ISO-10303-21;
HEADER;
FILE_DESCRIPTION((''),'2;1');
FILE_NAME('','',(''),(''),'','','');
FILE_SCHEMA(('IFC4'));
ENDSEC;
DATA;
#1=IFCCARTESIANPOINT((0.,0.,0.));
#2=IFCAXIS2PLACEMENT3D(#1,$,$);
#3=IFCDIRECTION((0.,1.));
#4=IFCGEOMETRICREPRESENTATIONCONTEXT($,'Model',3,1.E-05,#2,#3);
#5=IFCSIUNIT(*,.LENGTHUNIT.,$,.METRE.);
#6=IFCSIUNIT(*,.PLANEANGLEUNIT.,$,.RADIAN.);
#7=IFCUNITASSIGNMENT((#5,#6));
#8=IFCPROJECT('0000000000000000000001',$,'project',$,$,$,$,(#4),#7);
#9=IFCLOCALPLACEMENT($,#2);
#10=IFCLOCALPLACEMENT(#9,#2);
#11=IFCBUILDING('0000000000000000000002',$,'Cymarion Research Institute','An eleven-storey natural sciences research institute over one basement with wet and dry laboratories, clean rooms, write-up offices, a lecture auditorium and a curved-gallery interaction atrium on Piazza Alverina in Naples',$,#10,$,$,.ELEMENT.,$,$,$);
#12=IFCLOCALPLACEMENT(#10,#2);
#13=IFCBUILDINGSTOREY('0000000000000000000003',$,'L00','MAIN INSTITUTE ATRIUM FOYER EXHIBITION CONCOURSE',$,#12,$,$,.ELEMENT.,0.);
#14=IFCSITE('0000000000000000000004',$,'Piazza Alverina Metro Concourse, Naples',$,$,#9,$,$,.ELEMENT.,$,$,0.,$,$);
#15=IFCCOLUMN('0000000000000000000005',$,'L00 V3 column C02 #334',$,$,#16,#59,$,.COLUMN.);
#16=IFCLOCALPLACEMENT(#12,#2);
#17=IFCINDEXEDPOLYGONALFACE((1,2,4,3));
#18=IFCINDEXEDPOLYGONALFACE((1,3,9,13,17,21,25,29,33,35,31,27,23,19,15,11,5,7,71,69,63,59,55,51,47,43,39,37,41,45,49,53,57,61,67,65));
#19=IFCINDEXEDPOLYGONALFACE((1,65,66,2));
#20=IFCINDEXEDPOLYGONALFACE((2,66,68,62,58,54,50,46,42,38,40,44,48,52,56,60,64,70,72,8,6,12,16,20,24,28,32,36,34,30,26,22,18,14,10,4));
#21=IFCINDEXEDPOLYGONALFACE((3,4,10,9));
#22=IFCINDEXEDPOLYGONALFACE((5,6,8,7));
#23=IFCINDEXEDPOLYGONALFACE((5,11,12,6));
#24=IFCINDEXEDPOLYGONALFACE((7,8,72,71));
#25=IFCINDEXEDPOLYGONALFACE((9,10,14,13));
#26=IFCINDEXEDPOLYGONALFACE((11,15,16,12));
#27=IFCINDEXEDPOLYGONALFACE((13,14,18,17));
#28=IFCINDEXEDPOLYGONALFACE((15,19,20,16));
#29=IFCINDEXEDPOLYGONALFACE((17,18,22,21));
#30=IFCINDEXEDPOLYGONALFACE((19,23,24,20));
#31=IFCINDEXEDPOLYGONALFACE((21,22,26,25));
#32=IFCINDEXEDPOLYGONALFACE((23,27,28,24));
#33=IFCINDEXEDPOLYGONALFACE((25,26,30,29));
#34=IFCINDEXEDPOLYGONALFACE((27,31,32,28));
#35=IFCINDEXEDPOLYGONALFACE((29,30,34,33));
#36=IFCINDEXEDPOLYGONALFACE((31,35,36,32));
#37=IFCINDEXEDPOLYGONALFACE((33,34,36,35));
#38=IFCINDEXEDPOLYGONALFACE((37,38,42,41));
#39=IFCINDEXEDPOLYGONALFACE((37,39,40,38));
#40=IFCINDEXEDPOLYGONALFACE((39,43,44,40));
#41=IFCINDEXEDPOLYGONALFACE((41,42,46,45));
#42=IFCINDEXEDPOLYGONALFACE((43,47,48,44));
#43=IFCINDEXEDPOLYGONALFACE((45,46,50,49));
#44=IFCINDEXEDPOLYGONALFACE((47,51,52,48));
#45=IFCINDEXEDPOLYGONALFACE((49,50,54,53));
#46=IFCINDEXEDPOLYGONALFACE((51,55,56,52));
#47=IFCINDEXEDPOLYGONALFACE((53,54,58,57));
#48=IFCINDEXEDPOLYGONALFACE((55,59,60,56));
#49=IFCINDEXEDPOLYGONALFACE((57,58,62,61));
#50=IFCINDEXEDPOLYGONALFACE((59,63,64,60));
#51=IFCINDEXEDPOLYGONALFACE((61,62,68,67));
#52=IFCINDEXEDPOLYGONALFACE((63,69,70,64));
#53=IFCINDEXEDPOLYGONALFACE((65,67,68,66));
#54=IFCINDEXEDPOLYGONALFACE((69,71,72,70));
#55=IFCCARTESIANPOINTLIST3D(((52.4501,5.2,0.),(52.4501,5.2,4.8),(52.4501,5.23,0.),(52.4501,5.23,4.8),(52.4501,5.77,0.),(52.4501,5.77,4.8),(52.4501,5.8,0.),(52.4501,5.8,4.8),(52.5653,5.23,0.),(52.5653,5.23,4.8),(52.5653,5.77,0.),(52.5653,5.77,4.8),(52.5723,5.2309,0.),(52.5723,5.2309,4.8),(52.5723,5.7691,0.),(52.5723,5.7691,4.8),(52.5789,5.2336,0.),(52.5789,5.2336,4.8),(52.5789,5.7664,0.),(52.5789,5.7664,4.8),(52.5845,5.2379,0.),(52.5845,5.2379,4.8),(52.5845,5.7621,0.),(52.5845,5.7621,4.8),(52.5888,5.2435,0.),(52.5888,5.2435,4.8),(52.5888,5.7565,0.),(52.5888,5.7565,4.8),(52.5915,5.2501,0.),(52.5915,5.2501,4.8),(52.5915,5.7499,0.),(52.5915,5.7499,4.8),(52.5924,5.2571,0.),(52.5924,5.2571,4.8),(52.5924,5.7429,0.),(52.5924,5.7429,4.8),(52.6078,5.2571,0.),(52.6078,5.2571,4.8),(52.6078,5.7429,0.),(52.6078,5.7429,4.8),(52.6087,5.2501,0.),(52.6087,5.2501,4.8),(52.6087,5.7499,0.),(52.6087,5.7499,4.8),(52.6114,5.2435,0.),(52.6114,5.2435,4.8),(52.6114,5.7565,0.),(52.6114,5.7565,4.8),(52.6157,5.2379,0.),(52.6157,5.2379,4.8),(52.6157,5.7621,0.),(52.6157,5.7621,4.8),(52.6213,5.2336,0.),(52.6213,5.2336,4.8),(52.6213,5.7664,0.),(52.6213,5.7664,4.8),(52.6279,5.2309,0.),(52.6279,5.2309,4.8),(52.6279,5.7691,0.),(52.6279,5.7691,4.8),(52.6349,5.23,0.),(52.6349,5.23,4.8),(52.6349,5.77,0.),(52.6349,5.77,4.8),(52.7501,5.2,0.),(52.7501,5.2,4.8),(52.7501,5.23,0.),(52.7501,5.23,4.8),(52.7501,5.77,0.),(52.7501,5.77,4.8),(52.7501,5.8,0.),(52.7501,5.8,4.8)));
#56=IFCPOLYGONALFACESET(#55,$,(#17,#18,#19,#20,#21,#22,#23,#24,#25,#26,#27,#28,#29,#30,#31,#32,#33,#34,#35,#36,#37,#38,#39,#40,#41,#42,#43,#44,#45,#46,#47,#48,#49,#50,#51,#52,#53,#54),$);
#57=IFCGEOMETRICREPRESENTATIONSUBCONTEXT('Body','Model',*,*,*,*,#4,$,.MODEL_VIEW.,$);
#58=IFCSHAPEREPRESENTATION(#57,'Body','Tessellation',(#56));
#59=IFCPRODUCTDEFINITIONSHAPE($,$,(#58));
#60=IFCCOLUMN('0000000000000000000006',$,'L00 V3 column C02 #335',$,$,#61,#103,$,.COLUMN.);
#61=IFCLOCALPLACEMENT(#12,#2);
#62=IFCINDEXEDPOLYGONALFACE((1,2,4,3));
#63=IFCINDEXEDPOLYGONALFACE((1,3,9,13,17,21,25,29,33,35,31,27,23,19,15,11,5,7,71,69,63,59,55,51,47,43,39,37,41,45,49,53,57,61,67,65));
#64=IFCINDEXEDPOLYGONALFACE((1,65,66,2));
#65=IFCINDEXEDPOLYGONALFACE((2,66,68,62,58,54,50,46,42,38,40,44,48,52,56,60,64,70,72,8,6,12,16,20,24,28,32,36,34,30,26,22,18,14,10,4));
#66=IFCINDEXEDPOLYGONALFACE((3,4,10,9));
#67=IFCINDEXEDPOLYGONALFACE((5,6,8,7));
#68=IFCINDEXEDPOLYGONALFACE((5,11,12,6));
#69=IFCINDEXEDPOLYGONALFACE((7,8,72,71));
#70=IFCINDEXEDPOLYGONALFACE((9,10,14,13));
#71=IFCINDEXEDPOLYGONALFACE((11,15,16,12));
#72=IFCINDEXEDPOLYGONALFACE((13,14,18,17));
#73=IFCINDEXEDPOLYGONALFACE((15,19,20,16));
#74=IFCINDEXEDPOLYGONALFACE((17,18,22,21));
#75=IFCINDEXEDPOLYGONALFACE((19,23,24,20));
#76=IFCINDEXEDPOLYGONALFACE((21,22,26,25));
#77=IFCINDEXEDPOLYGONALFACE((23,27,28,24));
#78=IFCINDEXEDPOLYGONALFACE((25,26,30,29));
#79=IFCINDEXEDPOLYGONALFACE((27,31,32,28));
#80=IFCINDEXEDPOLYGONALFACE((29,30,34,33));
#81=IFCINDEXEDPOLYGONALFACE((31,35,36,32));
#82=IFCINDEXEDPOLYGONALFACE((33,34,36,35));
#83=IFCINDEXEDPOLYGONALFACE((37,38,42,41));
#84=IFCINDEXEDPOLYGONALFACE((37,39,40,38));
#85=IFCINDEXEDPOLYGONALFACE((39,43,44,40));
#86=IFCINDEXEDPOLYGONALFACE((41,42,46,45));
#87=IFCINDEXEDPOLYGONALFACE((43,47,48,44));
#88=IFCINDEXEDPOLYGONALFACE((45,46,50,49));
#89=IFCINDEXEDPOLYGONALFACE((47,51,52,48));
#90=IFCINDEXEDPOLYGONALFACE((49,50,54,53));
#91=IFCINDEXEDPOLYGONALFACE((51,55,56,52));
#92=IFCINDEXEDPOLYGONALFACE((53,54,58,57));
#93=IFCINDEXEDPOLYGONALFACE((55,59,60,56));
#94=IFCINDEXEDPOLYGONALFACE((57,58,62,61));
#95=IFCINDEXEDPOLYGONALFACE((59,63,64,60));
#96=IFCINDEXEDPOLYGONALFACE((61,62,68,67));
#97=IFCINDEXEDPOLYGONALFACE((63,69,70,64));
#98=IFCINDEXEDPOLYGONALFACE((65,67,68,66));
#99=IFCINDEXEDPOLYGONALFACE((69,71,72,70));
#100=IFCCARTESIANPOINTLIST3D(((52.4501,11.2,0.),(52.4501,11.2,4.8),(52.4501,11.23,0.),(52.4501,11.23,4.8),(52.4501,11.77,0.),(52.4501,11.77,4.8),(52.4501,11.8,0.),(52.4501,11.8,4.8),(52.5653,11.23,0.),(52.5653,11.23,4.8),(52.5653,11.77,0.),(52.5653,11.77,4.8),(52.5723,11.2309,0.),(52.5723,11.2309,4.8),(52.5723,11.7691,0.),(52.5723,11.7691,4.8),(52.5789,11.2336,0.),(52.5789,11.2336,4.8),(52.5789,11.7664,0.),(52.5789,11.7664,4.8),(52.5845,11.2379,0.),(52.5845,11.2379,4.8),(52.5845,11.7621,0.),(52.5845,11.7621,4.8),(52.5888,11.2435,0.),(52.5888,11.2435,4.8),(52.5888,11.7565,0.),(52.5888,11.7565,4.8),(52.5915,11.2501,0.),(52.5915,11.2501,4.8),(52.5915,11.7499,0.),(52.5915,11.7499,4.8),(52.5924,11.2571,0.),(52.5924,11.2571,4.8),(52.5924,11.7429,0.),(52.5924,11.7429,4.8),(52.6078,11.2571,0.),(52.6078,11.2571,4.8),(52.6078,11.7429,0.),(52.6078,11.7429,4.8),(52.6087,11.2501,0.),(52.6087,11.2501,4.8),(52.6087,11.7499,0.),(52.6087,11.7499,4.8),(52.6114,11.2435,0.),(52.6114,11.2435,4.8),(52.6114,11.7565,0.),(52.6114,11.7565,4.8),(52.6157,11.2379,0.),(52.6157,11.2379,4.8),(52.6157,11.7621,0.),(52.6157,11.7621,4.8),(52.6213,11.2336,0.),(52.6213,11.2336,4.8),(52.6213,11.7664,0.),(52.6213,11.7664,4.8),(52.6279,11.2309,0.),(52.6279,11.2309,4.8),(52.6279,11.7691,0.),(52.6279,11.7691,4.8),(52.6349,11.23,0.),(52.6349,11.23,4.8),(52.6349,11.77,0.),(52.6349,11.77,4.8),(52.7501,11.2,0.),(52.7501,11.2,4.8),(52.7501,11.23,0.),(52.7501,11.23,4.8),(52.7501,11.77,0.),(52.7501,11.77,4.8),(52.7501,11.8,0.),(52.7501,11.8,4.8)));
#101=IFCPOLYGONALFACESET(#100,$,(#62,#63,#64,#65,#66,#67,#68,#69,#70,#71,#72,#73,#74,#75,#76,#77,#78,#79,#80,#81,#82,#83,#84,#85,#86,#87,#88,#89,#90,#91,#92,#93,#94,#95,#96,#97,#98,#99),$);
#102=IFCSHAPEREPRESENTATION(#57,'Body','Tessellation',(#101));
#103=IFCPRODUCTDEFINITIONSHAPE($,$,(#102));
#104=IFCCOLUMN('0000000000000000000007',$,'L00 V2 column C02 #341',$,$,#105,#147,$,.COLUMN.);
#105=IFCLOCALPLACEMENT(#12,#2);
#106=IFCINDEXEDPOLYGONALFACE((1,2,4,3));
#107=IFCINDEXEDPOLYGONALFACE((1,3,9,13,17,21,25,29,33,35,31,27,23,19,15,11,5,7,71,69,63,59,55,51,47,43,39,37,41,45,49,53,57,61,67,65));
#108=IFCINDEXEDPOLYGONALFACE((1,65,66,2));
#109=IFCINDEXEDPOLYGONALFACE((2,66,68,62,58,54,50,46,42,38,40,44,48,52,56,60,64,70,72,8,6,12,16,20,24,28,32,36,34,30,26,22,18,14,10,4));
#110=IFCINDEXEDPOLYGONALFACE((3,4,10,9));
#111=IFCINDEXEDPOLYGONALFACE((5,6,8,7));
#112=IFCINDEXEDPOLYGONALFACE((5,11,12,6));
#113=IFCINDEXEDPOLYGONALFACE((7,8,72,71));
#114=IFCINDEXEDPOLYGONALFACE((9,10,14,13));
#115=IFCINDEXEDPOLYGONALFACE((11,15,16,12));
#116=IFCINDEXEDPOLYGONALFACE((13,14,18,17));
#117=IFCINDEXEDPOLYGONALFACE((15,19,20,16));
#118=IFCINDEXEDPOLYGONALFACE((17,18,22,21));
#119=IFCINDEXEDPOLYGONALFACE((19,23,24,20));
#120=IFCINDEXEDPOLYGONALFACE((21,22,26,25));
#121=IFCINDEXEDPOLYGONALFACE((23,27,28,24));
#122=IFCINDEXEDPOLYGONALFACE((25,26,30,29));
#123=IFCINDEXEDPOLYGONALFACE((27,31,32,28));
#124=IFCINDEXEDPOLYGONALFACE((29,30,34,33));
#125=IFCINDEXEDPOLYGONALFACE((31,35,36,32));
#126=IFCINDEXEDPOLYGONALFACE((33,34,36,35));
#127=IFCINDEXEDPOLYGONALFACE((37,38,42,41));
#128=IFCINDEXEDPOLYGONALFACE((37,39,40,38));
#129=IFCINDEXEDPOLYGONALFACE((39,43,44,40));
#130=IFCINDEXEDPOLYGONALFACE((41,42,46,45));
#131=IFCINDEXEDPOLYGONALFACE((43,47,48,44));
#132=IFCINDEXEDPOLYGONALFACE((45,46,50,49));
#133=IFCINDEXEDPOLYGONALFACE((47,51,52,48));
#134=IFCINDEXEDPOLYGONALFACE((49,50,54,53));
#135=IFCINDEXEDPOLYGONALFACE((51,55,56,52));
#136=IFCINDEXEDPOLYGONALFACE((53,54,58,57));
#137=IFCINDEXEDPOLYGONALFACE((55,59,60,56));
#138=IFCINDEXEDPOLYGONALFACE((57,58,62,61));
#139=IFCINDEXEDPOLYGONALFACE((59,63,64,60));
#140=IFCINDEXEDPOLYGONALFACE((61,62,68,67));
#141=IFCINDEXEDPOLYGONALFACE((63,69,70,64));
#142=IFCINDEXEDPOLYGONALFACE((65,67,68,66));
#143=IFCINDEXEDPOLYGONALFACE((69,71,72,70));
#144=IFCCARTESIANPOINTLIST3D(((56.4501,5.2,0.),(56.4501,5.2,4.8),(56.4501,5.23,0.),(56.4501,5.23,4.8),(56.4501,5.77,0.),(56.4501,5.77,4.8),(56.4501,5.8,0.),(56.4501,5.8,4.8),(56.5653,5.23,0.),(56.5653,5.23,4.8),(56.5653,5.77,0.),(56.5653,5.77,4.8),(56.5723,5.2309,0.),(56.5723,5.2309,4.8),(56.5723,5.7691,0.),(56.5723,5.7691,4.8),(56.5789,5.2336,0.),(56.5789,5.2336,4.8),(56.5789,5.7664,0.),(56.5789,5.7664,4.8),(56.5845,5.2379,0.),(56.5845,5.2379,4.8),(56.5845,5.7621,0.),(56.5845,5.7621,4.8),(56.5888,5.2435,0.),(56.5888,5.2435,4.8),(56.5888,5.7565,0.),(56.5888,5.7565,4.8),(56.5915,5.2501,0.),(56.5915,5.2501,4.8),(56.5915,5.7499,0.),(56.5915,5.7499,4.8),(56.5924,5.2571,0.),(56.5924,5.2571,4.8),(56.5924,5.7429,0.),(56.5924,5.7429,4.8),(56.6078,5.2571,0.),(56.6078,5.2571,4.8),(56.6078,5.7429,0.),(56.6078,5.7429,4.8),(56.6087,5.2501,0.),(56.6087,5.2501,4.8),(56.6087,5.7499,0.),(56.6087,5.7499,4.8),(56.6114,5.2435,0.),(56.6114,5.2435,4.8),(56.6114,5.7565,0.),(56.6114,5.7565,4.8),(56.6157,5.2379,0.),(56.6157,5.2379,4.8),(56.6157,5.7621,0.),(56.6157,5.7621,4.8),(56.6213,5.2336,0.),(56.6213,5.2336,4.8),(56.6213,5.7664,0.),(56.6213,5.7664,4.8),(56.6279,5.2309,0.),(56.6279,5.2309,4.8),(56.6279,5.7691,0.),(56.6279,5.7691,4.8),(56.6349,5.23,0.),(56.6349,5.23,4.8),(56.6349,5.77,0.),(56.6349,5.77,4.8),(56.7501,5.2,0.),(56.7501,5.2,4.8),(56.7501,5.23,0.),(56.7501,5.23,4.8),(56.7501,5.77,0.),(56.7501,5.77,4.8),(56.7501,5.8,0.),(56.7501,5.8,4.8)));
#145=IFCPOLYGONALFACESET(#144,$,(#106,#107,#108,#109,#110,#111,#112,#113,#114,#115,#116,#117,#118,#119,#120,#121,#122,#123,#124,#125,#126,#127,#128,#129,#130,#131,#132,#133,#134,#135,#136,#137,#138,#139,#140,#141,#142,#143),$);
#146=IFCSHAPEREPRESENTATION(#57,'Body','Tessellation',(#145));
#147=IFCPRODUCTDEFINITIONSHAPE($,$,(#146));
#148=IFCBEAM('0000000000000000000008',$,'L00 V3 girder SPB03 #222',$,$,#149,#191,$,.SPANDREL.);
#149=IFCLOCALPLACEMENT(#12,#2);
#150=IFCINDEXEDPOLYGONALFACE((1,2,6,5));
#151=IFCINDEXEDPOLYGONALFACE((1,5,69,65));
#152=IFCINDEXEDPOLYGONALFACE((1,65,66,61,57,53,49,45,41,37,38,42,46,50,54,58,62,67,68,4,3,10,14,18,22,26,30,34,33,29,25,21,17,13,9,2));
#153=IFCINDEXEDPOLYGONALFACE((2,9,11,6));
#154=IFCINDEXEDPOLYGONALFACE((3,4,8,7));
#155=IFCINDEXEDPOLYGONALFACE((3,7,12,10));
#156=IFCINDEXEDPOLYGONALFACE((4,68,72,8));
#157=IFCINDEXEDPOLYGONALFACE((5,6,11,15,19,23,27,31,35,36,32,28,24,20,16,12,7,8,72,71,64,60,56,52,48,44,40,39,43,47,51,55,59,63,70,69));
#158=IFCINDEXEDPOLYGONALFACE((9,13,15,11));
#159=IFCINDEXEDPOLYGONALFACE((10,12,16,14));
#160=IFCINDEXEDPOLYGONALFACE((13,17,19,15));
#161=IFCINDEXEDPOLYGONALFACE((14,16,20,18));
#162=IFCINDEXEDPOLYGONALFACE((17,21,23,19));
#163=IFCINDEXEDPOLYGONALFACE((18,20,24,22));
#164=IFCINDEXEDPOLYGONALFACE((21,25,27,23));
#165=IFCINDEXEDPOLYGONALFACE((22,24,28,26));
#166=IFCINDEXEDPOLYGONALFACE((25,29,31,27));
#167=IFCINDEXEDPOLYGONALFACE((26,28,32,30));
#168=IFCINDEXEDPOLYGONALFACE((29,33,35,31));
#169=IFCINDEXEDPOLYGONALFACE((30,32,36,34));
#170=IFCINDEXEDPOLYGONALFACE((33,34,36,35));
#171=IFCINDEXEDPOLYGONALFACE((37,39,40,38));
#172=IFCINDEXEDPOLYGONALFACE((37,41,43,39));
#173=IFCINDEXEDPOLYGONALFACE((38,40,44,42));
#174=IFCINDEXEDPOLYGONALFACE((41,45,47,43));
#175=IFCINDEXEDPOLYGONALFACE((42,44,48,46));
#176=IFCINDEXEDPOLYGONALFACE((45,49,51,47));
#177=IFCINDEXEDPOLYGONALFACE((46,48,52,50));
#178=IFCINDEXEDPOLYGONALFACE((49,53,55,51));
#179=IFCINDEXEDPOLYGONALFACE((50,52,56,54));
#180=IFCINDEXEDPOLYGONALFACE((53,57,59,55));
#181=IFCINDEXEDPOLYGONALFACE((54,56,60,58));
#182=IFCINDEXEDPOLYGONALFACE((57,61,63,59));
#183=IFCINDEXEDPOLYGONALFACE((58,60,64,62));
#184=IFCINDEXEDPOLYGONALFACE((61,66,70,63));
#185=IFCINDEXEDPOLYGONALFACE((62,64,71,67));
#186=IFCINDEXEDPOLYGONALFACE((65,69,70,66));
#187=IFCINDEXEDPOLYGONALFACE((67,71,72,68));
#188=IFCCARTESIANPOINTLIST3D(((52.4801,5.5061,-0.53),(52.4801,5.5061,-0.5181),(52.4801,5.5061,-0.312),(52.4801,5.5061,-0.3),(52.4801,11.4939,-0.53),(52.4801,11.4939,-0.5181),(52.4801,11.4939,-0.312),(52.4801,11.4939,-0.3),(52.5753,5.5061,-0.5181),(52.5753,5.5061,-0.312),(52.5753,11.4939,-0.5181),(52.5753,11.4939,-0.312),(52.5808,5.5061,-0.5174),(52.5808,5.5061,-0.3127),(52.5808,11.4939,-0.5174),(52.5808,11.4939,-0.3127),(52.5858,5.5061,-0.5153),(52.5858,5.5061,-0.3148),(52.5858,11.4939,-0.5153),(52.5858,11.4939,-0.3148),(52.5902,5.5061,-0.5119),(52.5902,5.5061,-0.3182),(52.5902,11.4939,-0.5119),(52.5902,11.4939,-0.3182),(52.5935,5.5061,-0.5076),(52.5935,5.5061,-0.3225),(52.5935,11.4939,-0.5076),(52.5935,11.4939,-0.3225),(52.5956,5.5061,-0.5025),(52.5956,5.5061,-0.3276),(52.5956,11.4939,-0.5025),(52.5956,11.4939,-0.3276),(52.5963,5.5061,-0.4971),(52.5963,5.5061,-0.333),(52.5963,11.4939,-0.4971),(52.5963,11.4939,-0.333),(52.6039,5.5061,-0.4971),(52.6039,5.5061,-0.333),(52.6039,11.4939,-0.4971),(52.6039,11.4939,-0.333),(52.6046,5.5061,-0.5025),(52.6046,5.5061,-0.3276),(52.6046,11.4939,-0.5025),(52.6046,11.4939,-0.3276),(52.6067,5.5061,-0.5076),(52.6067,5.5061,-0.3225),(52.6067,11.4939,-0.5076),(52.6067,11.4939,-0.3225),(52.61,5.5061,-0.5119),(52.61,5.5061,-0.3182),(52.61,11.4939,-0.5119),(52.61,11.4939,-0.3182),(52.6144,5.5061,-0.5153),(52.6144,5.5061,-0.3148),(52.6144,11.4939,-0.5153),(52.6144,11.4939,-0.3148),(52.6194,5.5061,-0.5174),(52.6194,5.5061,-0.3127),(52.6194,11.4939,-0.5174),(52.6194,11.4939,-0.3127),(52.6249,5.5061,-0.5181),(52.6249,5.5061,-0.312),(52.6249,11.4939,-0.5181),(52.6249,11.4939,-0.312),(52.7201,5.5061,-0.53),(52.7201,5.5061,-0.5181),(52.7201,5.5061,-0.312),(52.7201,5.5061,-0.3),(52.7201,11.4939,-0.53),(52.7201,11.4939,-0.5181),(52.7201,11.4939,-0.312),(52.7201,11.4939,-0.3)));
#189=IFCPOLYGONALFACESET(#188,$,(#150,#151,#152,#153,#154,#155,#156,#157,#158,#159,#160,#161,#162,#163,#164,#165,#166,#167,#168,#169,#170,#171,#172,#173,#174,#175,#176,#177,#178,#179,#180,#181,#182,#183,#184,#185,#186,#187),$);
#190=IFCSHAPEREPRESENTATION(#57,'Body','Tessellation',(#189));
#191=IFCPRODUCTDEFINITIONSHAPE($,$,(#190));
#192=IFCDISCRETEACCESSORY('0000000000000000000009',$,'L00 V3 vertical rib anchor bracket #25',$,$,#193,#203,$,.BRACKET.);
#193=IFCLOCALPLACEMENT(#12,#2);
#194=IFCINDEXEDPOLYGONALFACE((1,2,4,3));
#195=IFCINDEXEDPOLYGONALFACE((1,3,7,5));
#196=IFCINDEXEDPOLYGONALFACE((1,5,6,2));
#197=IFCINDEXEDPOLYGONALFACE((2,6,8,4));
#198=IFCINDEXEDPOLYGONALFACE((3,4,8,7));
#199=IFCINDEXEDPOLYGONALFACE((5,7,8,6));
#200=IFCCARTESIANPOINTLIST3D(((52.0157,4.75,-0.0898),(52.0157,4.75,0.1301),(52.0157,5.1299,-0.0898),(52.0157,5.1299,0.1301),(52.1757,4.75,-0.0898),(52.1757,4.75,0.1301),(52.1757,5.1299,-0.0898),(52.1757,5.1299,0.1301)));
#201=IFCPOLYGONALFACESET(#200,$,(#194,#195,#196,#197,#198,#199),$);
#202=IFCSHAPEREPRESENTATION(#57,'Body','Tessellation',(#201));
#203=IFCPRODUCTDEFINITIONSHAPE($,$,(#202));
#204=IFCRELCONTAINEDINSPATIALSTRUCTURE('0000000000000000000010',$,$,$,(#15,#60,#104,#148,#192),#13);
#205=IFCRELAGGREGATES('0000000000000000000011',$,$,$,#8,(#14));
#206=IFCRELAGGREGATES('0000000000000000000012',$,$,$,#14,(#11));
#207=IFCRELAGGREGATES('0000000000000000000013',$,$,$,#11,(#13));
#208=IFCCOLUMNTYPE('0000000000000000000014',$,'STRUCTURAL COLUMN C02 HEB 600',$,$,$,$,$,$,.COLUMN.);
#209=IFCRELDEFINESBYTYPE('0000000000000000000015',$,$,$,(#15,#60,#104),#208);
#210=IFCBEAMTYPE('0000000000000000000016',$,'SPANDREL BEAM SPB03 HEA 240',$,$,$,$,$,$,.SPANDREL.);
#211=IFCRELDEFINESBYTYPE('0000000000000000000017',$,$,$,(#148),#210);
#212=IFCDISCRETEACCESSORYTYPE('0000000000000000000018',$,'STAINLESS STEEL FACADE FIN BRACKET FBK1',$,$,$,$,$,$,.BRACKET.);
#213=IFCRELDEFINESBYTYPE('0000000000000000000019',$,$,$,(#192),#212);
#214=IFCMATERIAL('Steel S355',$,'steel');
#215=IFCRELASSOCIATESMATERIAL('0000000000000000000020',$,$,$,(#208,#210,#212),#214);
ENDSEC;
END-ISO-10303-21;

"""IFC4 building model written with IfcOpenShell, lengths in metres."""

from ifc_helpers import new_model, si_unit, direction, frame, origin, origin_2d, place, context, subcontext, project, spatial, rectangle, i_section, extrude, material, material_profile, profile_set, type_object, element, save


model = new_model("IFC4")

# Units and contexts
model_context = context("Model", 3, precision=1e-05, world=origin(), true_north=direction((0.0, 1.0)))
body_context = subcontext(model_context, "Body", "Model", "MODEL_VIEW")
ifc_project = project(units=[si_unit("LENGTHUNIT", "METRE"), si_unit("PLANEANGLEUNIT", "RADIAN")], contexts=[model_context])

# Site, building, storey
site_placement = place(None, origin())
site = spatial("IfcSite", under=ifc_project, at=site_placement, Name="Piazza Alverina Metro Concourse, Naples", CompositionType="ELEMENT", RefElevation=0.0)
building_placement = place(site_placement, origin())
building = spatial("IfcBuilding", under=site, at=building_placement, Name="Cymarion Research Institute", Description="An eleven-storey natural sciences research institute over one basement with wet and dry laboratories, clean rooms, write-up offices, a lecture auditorium and a curved-gallery interaction atrium on Piazza Alverina in Naples", CompositionType="ELEMENT")
storey_placement = place(building_placement, origin())
storey = spatial("IfcBuildingStorey", under=building, at=storey_placement, Name="L00", Description="MAIN INSTITUTE ATRIUM FOYER EXHIBITION CONCOURSE", CompositionType="ELEMENT", Elevation=0.0)

# Columns
ifc_material_1 = material(Name="Steel S355", Category="steel")
ifc_material_profile_1 = material_profile(ifc_material_1, i_section(OverallWidth=0.3, OverallDepth=0.6001, WebThickness=0.0154, FlangeThickness=0.03, FilletRadius=0.0271, at=origin_2d()), Name="HEB 600")
ifc_profile_set_1 = profile_set([ifc_material_profile_1], Name="Steel S355")
column_type = type_object("IfcColumnType", Name="STRUCTURAL COLUMN C02 HEB 600", PredefinedType="COLUMN", material=ifc_profile_set_1)
for number, where, z_axis, x_axis, name in (
    (1, (52.6001, 5.5, 0.0), (0.0, 0.0, 1.0), (1.0, 0.0, 0.0), "L00 V3 column C02 #334"),
    (2, (52.6001, 11.5, 0.0), (0.0, 0.0, 1.0), (1.0, 0.0, 0.0), "L00 V3 column C02 #335"),
    (3, (56.6001, 5.5, 0.0), (0.0, 0.0, 1.0), (1.0, 0.0, 0.0), "L00 V2 column C02 #341"),
):
    element("IfcColumn", number, at=place(storey_placement, frame(where, z_axis=z_axis, x_axis=x_axis)), inside=storey, type_object=column_type, Name=name, PredefinedType="COLUMN", context=body_context, shape_type="SweptSolid", body=[
        extrude(i_section(OverallWidth=0.3, OverallDepth=0.6001, WebThickness=0.0154, FlangeThickness=0.03, FilletRadius=0.0271, at=origin_2d()), origin(), (0.0, 0.0, 1.0), 4.8),
    ])

# Beam
ifc_material_profile_2 = material_profile(ifc_material_1, i_section(OverallWidth=0.24, OverallDepth=0.23, WebThickness=0.0076, FlangeThickness=0.012, FilletRadius=0.021, at=origin_2d()), Name="HEA 240")
ifc_profile_set_2 = profile_set([ifc_material_profile_2], Name="Steel S355")
beam_type = type_object("IfcBeamType", Name="SPANDREL BEAM SPB03 HEA 240", PredefinedType="SPANDREL", material=ifc_profile_set_2)
beam_placement = place(storey_placement, frame((52.6001, 5.5061, -0.415), z_axis=(0.0, 1.0, 0.0), x_axis=(-1.0, 0.0, 0.0)))
element("IfcBeam", 4, at=beam_placement, inside=storey, type_object=beam_type, Name="L00 V3 girder SPB03 #222", PredefinedType="SPANDREL", context=body_context, shape_type="SweptSolid", body=[
    extrude(i_section(OverallWidth=0.24, OverallDepth=0.23, WebThickness=0.0076, FlangeThickness=0.012, FilletRadius=0.021, at=origin_2d()), origin(), (0.0, 0.0, 1.0), 5.9878),
])

# Discrete accessory
discrete_accessory_type = type_object("IfcDiscreteAccessoryType", Name="STAINLESS STEEL FACADE FIN BRACKET FBK1", PredefinedType="BRACKET", material=ifc_material_1)
for number, where, z_axis, x_axis, name in (
    (5, (52.0957, 4.9399, -0.0898), (0.0, 0.0, 1.0), (0.0, -1.0, 0.0), "L00 V3 vertical rib anchor bracket #25"),
):
    element("IfcDiscreteAccessory", number, at=place(storey_placement, frame(where, z_axis=z_axis, x_axis=x_axis)), inside=storey, type_object=discrete_accessory_type, Name=name, PredefinedType="BRACKET", context=body_context, shape_type="SweptSolid", body=[
        extrude(rectangle(XDim=0.3799, YDim=0.1599, at=origin_2d()), origin(), (0.0, 0.0, 1.0), 0.22),
    ])

save(model, "model.ifc")
